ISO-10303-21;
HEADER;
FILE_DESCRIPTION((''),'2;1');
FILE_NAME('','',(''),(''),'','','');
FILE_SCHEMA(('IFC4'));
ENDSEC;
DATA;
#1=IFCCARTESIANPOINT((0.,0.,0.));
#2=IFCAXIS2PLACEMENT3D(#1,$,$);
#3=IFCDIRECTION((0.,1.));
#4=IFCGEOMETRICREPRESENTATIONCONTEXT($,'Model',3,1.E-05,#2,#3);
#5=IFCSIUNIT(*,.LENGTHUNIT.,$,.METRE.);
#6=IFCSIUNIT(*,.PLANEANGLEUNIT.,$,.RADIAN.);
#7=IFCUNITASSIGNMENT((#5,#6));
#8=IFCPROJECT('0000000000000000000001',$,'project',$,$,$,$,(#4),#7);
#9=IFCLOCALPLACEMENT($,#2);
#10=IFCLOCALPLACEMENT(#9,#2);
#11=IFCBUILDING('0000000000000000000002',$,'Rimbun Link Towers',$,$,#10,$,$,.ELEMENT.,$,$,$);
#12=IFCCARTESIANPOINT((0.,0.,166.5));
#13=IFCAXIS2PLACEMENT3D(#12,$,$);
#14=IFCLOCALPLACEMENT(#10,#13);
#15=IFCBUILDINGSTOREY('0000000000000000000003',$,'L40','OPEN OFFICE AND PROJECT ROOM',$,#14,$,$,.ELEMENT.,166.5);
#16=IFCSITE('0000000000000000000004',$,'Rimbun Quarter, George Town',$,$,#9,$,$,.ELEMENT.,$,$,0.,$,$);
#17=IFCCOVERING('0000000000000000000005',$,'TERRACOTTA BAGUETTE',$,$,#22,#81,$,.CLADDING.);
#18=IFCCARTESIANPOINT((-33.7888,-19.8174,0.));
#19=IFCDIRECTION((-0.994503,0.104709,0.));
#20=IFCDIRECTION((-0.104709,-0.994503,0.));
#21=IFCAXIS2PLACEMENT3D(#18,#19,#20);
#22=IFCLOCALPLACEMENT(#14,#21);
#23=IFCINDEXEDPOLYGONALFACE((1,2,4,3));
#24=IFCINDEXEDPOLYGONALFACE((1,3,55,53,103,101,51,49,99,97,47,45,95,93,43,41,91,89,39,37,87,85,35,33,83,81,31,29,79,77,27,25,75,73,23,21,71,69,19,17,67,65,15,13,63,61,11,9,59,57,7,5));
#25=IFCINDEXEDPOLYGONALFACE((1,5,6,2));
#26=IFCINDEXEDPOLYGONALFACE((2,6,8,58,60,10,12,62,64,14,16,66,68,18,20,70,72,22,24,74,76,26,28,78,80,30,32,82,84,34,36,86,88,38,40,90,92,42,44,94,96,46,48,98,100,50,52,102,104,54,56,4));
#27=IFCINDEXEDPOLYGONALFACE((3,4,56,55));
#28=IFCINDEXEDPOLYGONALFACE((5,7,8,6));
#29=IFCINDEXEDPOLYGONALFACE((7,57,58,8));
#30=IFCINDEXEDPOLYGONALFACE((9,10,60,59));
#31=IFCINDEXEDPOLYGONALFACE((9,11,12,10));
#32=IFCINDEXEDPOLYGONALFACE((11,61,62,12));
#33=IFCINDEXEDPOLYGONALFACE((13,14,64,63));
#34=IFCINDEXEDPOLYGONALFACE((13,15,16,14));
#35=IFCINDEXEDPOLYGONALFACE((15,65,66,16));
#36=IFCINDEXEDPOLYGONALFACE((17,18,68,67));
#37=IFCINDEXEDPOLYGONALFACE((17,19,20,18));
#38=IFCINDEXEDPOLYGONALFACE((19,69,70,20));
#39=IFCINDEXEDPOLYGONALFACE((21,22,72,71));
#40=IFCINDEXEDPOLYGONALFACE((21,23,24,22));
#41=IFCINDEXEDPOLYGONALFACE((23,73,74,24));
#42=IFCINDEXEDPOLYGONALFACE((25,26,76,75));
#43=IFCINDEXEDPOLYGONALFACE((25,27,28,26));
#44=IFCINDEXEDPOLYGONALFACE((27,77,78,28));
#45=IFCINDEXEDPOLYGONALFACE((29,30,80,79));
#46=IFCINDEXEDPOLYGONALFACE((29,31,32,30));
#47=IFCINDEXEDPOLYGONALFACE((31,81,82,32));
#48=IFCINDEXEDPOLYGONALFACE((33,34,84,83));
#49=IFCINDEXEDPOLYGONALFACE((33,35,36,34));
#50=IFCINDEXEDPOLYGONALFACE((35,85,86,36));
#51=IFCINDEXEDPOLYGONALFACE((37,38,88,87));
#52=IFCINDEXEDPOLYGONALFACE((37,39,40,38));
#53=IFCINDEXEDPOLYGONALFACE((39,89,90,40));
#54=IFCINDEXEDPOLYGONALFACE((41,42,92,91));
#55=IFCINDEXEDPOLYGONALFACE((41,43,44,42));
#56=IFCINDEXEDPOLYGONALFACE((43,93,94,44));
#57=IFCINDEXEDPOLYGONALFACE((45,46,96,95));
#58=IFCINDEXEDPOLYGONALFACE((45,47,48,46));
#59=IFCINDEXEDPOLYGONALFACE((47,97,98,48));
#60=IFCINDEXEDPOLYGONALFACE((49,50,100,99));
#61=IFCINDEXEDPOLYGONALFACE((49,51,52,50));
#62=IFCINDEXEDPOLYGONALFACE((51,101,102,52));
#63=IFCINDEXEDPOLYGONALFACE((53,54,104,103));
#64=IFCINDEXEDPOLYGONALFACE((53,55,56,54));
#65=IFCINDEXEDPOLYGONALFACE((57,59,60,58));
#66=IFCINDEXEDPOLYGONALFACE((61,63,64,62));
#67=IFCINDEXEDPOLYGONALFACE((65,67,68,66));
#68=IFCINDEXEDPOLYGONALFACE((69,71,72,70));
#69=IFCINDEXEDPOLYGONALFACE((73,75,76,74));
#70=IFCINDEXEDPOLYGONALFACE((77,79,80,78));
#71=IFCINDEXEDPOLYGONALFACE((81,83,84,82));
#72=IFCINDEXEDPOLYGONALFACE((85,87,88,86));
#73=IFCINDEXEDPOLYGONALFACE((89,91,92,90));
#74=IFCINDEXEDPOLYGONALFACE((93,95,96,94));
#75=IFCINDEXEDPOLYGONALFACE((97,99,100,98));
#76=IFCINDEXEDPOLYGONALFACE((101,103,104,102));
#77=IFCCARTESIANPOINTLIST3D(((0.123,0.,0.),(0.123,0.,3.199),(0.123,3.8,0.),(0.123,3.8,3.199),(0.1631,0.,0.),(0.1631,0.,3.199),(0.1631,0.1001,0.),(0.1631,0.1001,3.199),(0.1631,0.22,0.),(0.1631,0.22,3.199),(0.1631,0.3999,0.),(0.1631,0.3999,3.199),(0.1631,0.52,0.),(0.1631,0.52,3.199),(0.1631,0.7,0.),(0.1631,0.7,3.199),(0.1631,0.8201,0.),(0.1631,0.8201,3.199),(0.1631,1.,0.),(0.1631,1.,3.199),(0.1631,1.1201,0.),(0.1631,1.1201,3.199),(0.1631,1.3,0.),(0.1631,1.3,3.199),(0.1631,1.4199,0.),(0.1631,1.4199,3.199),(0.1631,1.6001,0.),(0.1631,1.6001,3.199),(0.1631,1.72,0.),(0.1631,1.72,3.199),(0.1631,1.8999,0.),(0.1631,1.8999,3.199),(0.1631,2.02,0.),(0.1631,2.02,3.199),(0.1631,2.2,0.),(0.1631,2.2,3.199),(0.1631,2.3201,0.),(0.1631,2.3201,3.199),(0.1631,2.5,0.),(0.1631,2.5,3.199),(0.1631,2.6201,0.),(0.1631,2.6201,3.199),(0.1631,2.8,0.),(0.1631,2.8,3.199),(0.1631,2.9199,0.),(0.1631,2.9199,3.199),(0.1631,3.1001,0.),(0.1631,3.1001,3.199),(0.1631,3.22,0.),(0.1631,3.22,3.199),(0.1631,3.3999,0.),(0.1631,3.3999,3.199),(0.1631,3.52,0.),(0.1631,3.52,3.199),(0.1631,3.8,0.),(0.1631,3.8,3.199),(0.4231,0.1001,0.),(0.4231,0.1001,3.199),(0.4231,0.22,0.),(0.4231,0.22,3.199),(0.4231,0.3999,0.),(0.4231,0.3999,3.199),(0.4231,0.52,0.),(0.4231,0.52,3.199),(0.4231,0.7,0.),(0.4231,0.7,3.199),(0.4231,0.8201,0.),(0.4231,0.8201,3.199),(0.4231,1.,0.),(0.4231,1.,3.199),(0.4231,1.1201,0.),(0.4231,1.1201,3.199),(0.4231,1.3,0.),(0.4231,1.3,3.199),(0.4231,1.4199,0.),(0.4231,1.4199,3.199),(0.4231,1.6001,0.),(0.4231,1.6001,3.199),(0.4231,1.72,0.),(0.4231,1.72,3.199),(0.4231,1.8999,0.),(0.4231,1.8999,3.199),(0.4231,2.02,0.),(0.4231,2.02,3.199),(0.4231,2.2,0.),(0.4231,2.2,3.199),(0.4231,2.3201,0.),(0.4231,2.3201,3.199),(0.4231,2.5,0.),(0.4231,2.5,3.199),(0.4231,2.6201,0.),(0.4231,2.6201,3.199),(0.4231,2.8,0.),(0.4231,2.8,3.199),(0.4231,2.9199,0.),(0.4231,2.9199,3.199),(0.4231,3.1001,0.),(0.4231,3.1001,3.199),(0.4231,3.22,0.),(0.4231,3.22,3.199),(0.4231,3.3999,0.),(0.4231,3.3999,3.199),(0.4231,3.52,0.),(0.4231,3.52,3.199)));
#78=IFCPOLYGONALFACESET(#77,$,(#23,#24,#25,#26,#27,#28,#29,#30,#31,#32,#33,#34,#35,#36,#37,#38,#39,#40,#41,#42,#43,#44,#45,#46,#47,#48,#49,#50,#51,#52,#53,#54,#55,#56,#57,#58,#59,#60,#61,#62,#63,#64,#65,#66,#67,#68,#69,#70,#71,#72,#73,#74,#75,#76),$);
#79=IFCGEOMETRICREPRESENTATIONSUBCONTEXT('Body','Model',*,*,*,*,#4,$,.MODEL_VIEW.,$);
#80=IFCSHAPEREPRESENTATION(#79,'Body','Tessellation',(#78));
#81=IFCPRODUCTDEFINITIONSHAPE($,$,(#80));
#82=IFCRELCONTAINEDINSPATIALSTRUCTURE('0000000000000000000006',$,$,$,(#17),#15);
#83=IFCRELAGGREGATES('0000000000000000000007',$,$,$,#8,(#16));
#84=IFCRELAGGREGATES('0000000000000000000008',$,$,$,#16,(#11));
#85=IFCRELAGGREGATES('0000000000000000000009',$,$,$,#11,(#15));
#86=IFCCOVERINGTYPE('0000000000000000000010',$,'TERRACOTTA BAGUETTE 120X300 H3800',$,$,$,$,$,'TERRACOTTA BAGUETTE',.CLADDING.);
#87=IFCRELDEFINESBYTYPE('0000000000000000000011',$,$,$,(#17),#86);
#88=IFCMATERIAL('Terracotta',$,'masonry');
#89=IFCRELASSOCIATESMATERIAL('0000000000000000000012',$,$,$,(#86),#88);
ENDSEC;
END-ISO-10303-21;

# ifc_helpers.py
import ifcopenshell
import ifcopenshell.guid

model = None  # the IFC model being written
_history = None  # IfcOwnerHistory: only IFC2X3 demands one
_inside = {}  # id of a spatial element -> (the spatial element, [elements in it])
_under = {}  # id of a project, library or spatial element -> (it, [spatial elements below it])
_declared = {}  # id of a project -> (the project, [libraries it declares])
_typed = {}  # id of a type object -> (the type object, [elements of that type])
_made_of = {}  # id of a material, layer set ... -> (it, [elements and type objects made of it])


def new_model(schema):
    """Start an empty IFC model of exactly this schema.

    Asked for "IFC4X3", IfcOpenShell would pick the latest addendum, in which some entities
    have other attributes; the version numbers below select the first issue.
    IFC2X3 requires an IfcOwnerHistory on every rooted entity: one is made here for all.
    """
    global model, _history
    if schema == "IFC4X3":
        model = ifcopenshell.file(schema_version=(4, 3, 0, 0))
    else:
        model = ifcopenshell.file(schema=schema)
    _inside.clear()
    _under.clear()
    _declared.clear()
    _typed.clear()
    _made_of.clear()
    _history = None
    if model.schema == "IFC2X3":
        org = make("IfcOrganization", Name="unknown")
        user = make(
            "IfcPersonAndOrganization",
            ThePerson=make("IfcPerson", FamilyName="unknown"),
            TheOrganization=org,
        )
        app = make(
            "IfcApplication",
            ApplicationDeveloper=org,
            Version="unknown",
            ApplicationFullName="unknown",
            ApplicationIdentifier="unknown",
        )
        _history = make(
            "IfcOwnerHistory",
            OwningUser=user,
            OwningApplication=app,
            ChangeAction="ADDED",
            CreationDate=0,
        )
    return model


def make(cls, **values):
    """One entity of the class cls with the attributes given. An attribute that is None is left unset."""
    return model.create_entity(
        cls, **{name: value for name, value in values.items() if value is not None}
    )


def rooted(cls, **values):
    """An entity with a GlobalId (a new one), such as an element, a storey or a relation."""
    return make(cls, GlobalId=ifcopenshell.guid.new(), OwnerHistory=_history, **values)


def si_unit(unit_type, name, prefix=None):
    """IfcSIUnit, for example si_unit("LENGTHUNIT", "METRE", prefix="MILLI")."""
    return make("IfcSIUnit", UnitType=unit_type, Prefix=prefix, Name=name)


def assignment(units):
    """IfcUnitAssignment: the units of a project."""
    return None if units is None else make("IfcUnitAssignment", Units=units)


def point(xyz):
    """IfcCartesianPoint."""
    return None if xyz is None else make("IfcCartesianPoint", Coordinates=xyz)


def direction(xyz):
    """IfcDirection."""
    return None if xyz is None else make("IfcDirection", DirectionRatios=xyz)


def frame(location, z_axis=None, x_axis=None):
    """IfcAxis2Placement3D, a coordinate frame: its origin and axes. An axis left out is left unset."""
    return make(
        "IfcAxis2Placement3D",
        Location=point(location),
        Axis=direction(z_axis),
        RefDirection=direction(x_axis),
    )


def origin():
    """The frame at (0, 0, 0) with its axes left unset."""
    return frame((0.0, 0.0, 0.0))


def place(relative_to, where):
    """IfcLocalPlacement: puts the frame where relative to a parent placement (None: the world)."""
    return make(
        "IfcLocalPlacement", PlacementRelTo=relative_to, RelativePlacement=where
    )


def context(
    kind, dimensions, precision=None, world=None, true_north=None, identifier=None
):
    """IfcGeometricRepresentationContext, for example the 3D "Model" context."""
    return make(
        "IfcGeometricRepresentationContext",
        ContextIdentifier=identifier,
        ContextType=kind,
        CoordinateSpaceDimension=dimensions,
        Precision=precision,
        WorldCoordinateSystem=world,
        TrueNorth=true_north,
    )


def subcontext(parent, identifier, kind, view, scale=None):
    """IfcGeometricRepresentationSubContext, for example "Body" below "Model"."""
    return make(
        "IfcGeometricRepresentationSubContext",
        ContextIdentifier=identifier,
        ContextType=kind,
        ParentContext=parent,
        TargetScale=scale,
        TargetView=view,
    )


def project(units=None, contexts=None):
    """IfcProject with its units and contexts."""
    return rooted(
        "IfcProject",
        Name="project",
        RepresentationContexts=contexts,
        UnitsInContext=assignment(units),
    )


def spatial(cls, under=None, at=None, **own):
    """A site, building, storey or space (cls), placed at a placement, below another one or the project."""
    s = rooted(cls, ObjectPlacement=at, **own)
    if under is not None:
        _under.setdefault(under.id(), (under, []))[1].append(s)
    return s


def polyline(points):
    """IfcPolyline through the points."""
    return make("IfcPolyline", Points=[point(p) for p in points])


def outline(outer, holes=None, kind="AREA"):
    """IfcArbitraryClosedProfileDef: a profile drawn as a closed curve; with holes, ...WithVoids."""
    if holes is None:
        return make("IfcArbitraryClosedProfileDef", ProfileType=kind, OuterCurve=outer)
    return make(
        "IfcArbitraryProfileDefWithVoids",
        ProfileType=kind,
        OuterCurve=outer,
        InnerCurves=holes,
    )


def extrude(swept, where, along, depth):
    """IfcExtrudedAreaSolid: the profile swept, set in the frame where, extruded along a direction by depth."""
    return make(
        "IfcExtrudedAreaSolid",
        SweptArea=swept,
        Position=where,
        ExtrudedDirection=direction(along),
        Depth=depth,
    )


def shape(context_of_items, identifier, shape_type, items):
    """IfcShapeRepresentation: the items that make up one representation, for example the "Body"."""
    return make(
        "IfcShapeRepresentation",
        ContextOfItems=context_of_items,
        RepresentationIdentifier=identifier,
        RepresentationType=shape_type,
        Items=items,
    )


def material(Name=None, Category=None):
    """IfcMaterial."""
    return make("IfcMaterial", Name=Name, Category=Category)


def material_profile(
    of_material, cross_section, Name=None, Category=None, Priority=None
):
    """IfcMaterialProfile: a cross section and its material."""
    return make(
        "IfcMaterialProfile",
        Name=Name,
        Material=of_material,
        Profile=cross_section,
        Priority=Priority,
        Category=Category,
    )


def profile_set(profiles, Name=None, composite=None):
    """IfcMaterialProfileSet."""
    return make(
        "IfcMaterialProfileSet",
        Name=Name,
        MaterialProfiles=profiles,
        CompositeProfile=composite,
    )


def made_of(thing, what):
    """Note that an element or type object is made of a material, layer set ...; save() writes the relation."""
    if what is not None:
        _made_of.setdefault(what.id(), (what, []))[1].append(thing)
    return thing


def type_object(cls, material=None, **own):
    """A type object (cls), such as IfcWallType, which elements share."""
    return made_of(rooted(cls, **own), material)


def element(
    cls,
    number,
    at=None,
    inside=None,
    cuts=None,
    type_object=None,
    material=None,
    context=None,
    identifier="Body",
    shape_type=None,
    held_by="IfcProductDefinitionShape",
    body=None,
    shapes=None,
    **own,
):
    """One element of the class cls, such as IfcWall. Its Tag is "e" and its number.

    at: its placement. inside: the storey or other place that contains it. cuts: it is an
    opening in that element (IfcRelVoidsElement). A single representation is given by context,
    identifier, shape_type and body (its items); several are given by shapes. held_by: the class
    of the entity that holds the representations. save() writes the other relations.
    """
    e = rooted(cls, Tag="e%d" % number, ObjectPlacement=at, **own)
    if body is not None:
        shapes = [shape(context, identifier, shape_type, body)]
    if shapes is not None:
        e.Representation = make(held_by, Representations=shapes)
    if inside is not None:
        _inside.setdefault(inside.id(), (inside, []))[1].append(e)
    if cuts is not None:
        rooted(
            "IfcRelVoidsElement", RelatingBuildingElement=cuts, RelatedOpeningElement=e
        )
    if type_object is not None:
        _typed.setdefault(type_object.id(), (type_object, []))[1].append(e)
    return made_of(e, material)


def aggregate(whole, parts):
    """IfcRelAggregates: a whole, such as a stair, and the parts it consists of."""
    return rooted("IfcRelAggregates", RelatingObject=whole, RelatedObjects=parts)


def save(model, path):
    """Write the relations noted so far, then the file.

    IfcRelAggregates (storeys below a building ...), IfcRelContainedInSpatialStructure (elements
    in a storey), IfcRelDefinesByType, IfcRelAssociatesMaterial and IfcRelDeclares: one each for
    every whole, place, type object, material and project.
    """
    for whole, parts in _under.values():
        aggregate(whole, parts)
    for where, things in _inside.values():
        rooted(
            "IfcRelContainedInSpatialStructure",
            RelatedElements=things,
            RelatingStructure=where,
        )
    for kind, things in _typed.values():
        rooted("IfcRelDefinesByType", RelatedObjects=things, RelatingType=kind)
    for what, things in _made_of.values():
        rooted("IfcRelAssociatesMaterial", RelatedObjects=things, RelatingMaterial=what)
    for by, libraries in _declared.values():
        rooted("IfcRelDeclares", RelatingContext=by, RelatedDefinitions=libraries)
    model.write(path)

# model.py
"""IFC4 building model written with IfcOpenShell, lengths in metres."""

from ifc_helpers import new_model, si_unit, direction, frame, origin, place, context, subcontext, project, spatial, polyline, outline, extrude, material, material_profile, profile_set, type_object, element, save


model = new_model("IFC4")

# Units and contexts
model_context = context("Model", 3, precision=1e-05, world=origin(), true_north=direction((0.0, 1.0)))
body_context = subcontext(model_context, "Body", "Model", "MODEL_VIEW")
ifc_project = project(units=[si_unit("LENGTHUNIT", "METRE"), si_unit("PLANEANGLEUNIT", "RADIAN")], contexts=[model_context])

# Site, building, storey
site_placement = place(None, origin())
site = spatial("IfcSite", under=ifc_project, at=site_placement, Name="Rimbun Quarter, George Town", CompositionType="ELEMENT", RefElevation=0.0)
building_placement = place(site_placement, origin())
building = spatial("IfcBuilding", under=site, at=building_placement, Name="Rimbun Link Towers", CompositionType="ELEMENT")
storey_placement = place(building_placement, frame((0.0, 0.0, 166.5)))
storey = spatial("IfcBuildingStorey", under=building, at=storey_placement, Name="L40", Description="OPEN OFFICE AND PROJECT ROOM", CompositionType="ELEMENT", Elevation=166.5)

# Covering
ifc_material_1 = material(Name="Terracotta", Category="masonry")
ifc_material_profile_1 = material_profile(ifc_material_1, outline(polyline([(0.123, 0.0), (0.1631, 0.0), (0.1631, 0.1001), (0.4231, 0.1001), (0.4231, 0.22), (0.1631, 0.22), (0.1631, 0.3999), (0.4231, 0.3999), (0.4231, 0.52), (0.1631, 0.52), (0.1631, 0.7), (0.4231, 0.7), (0.4231, 0.8201), (0.1631, 0.8201), (0.1631, 1.0), (0.4231, 1.0), (0.4231, 1.1201), (0.1631, 1.1201), (0.1631, 1.3), (0.4231, 1.3), (0.4231, 1.4199), (0.1631, 1.4199), (0.1631, 1.6001), (0.4231, 1.6001), (0.4231, 1.72), (0.1631, 1.72), (0.1631, 1.8999), (0.4231, 1.8999), (0.4231, 2.02), (0.1631, 2.02), (0.1631, 2.2), (0.4231, 2.2), (0.4231, 2.3201), (0.1631, 2.3201), (0.1631, 2.5), (0.4231, 2.5), (0.4231, 2.6201), (0.1631, 2.6201), (0.1631, 2.8), (0.4231, 2.8), (0.4231, 2.9199), (0.1631, 2.9199), (0.1631, 3.1001), (0.4231, 3.1001), (0.4231, 3.22), (0.1631, 3.22), (0.1631, 3.3999), (0.4231, 3.3999), (0.4231, 3.52), (0.1631, 3.52), (0.1631, 3.8), (0.123, 3.8), (0.123, 0.0)])), Name="BAGUETTE 120X300")
ifc_profile_set_1 = profile_set([ifc_material_profile_1], Name="Terracotta")
covering_type = type_object("IfcCoveringType", Name="TERRACOTTA BAGUETTE 120X300 H3800", ElementType="TERRACOTTA BAGUETTE", PredefinedType="CLADDING", material=ifc_profile_set_1)
covering_1_placement = place(storey_placement, frame((-33.7888, -19.8174, 0.0), z_axis=(-0.994503, 0.104709, 0.0), x_axis=(-0.104709, -0.994503, 0.0)))
element("IfcCovering", 1, at=covering_1_placement, inside=storey, type_object=covering_type, Name="TERRACOTTA BAGUETTE", PredefinedType="CLADDING", context=body_context, shape_type="SweptSolid", body=[
    extrude(outline(polyline([(0.123, 0.0), (0.1631, 0.0), (0.1631, 0.1001), (0.4231, 0.1001), (0.4231, 0.22), (0.1631, 0.22), (0.1631, 0.3999), (0.4231, 0.3999), (0.4231, 0.52), (0.1631, 0.52), (0.1631, 0.7), (0.4231, 0.7), (0.4231, 0.8201), (0.1631, 0.8201), (0.1631, 1.0), (0.4231, 1.0), (0.4231, 1.1201), (0.1631, 1.1201), (0.1631, 1.3), (0.4231, 1.3), (0.4231, 1.4199), (0.1631, 1.4199), (0.1631, 1.6001), (0.4231, 1.6001), (0.4231, 1.72), (0.1631, 1.72), (0.1631, 1.8999), (0.4231, 1.8999), (0.4231, 2.02), (0.1631, 2.02), (0.1631, 2.2), (0.4231, 2.2), (0.4231, 2.3201), (0.1631, 2.3201), (0.1631, 2.5), (0.4231, 2.5), (0.4231, 2.6201), (0.1631, 2.6201), (0.1631, 2.8), (0.4231, 2.8), (0.4231, 2.9199), (0.1631, 2.9199), (0.1631, 3.1001), (0.4231, 3.1001), (0.4231, 3.22), (0.1631, 3.22), (0.1631, 3.3999), (0.4231, 3.3999), (0.4231, 3.52), (0.1631, 3.52), (0.1631, 3.8), (0.123, 3.8), (0.123, 0.0)])), origin(), (0.0, 0.0, 1.0), 3.199),
])

save(model, "model.ifc")
